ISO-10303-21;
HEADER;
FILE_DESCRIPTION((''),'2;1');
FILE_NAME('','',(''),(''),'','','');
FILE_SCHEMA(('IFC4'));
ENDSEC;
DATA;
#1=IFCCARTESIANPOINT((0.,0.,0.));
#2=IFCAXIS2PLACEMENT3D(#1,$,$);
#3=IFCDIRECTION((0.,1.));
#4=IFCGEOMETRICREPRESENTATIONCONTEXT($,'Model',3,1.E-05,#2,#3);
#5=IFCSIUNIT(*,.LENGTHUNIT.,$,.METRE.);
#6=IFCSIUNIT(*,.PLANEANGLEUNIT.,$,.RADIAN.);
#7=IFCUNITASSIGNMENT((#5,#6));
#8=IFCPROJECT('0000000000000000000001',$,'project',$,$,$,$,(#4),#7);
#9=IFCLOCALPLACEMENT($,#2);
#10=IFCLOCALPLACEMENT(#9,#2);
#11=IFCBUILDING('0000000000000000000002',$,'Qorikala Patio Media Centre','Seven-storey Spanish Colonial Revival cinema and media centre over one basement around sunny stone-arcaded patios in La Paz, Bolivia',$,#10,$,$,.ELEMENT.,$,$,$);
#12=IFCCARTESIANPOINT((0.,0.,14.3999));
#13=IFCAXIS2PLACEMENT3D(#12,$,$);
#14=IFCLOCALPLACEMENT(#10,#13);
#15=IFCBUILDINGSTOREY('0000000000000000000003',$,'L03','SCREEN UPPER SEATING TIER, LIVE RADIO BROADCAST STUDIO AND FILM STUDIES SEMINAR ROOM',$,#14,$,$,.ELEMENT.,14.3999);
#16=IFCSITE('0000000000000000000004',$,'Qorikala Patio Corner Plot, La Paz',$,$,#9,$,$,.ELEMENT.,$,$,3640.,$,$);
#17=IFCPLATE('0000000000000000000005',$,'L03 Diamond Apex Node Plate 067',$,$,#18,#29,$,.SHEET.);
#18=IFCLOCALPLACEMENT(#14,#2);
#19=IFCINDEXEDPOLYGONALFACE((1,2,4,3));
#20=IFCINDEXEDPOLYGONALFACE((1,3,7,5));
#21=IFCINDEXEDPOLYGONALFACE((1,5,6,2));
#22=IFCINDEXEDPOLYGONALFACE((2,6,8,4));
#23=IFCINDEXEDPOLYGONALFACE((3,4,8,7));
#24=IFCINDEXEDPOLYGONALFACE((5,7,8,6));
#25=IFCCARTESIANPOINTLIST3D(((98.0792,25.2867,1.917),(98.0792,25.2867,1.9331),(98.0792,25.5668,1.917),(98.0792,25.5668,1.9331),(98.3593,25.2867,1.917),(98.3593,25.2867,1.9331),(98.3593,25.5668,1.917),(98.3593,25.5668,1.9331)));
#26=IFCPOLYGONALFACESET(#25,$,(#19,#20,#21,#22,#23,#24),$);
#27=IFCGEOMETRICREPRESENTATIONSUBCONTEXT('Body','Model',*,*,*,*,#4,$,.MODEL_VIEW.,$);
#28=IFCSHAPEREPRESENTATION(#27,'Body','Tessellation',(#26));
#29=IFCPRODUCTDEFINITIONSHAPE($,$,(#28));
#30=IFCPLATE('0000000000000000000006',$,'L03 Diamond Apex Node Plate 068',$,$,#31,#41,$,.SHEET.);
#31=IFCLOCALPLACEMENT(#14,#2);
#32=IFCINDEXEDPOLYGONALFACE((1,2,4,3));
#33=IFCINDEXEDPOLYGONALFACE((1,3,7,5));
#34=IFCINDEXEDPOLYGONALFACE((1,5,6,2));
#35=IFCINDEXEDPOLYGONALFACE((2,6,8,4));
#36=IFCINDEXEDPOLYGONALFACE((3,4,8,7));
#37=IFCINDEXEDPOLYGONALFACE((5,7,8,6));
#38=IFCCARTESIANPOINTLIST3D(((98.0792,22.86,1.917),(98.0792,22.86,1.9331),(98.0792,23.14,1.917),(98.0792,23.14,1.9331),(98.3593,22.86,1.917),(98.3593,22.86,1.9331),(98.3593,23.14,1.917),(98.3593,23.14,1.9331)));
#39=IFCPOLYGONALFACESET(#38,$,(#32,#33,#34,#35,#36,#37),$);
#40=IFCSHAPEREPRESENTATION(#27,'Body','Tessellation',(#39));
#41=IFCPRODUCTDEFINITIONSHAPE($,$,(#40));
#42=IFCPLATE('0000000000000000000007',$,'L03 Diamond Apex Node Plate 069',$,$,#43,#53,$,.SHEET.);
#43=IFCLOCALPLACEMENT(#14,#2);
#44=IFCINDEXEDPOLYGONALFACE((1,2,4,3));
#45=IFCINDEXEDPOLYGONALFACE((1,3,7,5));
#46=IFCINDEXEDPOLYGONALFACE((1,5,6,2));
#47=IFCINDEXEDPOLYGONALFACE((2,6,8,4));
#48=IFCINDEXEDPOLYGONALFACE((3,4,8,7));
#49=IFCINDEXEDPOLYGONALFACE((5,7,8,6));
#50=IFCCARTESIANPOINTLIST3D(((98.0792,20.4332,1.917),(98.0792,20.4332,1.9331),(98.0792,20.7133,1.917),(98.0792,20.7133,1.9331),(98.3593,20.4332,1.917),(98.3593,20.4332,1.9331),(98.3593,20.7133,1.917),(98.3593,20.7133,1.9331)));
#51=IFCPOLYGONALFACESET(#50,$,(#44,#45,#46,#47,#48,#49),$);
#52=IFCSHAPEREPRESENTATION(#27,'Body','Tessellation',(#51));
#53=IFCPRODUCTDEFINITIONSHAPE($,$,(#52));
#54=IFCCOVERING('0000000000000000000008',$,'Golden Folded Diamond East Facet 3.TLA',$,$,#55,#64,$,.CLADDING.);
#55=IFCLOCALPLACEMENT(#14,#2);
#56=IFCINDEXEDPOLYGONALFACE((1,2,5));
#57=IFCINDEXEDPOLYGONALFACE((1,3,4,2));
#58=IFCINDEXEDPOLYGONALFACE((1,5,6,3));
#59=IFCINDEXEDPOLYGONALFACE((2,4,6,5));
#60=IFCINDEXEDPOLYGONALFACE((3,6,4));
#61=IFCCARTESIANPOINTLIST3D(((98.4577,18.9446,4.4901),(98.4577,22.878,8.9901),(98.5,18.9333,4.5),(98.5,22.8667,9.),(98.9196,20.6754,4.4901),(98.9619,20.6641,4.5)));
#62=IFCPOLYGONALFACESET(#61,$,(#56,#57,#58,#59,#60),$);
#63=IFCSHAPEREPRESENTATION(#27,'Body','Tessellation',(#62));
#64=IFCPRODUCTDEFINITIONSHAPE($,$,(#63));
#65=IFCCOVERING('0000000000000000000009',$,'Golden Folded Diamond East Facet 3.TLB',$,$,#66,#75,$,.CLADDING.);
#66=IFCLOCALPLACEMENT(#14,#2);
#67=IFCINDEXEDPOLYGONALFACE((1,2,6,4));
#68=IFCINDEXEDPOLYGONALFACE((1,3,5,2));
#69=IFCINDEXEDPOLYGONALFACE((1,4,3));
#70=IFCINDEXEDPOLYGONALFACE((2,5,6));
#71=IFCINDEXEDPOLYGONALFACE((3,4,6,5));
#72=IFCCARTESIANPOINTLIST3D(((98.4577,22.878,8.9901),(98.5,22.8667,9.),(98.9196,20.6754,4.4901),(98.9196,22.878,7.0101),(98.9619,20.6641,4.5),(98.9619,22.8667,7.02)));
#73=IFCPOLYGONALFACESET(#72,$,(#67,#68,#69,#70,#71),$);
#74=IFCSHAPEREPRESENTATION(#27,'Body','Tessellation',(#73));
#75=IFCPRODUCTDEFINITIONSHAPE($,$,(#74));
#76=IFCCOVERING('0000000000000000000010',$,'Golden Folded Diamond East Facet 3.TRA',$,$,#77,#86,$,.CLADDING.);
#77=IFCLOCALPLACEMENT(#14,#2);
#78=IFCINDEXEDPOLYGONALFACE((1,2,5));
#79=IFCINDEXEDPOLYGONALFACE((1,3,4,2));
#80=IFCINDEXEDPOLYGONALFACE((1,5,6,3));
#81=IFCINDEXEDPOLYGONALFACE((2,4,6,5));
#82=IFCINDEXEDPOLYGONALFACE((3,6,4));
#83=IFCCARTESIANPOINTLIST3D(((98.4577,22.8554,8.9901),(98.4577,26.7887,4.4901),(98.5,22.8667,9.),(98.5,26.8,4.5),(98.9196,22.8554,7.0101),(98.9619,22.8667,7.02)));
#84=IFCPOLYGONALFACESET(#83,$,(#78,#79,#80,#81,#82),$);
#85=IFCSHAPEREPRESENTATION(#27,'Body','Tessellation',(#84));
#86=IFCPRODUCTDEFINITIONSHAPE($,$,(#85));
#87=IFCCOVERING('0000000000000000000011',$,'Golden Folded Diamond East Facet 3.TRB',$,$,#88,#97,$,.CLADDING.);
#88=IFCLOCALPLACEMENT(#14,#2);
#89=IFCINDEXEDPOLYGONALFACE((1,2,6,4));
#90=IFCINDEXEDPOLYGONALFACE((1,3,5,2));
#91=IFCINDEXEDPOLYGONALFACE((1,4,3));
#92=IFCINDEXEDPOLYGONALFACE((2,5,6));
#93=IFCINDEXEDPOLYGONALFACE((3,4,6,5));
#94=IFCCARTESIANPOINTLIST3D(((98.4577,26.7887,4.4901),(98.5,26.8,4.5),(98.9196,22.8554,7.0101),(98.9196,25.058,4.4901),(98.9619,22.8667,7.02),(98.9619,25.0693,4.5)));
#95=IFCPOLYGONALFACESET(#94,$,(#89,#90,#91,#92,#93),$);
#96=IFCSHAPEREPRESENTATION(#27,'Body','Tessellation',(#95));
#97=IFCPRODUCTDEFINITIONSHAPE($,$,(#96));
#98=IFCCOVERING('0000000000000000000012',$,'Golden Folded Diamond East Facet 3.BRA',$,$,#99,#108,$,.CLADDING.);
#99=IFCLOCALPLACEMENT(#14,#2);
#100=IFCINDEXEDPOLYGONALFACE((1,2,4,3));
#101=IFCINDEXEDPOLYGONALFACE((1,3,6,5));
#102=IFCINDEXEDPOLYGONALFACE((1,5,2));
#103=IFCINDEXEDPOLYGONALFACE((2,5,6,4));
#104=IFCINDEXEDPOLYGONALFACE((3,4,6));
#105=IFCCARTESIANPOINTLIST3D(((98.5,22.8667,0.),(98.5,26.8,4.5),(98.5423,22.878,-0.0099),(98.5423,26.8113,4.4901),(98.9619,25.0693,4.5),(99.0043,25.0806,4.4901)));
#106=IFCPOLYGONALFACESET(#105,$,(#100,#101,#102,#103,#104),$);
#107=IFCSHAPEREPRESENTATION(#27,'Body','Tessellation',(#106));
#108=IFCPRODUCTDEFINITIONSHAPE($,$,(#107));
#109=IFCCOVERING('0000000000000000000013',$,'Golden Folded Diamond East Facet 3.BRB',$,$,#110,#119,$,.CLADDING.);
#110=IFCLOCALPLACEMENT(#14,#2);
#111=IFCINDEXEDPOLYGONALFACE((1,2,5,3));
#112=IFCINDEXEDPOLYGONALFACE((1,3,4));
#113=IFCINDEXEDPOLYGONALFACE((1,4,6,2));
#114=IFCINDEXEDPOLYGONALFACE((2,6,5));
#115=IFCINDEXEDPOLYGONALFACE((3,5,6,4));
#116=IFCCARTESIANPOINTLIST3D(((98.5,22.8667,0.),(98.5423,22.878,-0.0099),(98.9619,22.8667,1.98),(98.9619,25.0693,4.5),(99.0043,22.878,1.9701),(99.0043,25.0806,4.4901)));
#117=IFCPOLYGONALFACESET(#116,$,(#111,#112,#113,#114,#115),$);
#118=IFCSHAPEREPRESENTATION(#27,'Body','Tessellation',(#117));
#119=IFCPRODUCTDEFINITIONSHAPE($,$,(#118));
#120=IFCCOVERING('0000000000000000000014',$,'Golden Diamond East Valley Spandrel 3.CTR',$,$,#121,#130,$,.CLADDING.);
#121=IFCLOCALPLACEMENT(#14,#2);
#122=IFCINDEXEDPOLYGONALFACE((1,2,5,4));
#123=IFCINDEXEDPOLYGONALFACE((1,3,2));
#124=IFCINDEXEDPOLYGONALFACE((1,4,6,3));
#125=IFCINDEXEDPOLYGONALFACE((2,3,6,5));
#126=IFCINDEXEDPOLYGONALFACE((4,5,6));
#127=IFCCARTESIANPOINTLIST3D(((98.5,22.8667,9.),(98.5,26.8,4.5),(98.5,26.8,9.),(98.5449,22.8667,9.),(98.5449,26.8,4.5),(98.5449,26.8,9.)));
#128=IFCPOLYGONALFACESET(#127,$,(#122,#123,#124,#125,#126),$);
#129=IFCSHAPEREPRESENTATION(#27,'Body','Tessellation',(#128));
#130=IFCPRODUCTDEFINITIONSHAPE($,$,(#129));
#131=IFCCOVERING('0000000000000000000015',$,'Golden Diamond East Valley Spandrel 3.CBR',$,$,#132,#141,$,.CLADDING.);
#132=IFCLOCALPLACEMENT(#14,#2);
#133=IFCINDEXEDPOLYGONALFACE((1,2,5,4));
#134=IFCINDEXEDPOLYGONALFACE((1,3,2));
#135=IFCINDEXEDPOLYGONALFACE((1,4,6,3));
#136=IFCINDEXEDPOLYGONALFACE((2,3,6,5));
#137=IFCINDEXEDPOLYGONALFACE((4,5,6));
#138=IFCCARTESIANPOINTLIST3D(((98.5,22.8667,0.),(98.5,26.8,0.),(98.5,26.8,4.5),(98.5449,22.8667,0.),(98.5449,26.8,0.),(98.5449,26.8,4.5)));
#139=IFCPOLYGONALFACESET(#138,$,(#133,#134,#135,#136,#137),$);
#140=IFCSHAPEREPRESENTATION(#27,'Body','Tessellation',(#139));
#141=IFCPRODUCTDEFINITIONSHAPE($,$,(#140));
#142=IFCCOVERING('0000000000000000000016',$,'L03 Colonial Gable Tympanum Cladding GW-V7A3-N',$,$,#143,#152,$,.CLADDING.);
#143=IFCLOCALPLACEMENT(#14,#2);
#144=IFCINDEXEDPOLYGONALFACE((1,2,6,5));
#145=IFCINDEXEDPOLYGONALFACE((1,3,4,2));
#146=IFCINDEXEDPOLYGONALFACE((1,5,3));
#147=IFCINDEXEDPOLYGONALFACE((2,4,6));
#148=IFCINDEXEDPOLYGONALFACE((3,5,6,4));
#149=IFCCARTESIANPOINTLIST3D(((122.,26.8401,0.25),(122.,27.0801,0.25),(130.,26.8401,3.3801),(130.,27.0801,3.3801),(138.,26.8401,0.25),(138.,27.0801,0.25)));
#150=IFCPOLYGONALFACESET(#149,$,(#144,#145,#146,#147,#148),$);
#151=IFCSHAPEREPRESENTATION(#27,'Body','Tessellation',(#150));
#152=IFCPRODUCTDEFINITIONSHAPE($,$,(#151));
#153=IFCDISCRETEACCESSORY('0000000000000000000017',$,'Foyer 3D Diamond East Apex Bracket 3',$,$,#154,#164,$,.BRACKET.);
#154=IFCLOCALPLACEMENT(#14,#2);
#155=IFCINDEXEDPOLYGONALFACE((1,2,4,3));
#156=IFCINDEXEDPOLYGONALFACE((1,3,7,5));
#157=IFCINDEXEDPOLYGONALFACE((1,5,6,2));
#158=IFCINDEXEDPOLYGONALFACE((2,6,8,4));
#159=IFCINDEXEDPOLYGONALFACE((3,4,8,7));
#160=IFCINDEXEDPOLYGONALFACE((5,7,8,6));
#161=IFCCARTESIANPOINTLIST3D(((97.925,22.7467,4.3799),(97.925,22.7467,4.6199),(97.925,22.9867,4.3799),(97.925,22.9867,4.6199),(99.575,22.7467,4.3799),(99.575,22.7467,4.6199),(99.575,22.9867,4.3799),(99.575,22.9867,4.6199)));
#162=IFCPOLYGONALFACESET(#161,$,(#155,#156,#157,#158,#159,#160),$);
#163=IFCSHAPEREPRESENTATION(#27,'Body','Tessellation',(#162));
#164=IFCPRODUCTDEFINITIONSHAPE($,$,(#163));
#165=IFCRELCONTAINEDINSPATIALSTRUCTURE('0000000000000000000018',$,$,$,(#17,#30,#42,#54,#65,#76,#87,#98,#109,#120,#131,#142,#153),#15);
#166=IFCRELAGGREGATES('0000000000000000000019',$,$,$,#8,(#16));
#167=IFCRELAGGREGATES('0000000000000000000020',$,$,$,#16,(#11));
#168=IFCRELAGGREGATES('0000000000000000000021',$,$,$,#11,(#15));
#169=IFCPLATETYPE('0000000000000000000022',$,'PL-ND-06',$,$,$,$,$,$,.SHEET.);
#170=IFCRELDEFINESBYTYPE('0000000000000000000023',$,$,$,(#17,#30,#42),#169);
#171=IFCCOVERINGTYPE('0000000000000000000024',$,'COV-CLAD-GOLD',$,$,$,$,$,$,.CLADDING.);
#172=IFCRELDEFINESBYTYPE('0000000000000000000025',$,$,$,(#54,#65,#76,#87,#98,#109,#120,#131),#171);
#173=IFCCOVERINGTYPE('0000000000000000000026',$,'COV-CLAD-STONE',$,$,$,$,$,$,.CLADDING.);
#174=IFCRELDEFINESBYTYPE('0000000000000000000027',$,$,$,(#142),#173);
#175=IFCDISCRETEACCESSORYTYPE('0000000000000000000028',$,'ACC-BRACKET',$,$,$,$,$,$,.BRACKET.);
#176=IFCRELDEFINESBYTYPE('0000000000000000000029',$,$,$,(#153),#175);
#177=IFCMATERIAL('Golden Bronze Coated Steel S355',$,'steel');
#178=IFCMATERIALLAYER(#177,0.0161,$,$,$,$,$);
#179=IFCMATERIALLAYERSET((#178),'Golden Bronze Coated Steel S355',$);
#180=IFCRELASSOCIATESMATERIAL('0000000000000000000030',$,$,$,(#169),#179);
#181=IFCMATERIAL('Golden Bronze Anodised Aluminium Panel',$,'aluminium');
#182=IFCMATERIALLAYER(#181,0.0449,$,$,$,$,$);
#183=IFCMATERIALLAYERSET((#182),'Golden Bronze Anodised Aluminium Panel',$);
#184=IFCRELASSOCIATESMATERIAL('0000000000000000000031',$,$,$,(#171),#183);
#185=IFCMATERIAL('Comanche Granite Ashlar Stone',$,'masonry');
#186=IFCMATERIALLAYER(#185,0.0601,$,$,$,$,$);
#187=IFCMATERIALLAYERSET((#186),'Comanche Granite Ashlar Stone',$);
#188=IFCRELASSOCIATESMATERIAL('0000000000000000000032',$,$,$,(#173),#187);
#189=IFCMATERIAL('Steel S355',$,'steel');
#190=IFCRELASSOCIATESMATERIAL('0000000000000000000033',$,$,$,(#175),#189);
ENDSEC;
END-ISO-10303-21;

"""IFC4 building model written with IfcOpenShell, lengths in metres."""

from ifc_helpers import new_model, si_unit, direction, frame, origin, origin_2d, place, context, subcontext, project, spatial, polyline, rectangle, outline, extrude, material, layer, layer_set, type_object, element, save


model = new_model("IFC4")

# Units and contexts
model_context = context("Model", 3, precision=1e-05, world=origin(), true_north=direction((0.0, 1.0)))
body_context = subcontext(model_context, "Body", "Model", "MODEL_VIEW")
ifc_project = project(units=[si_unit("LENGTHUNIT", "METRE"), si_unit("PLANEANGLEUNIT", "RADIAN")], contexts=[model_context])

# Site, building, storey
site_placement = place(None, origin())
site = spatial("IfcSite", under=ifc_project, at=site_placement, Name="Qorikala Patio Corner Plot, La Paz", CompositionType="ELEMENT", RefElevation=3640.0)
building_placement = place(site_placement, origin())
building = spatial("IfcBuilding", under=site, at=building_placement, Name="Qorikala Patio Media Centre", Description="Seven-storey Spanish Colonial Revival cinema and media centre over one basement around sunny stone-arcaded patios in La Paz, Bolivia", CompositionType="ELEMENT")
storey_placement = place(building_placement, frame((0.0, 0.0, 14.3999)))
storey = spatial("IfcBuildingStorey", under=building, at=storey_placement, Name="L03", Description="SCREEN UPPER SEATING TIER, LIVE RADIO BROADCAST STUDIO AND FILM STUDIES SEMINAR ROOM", CompositionType="ELEMENT", Elevation=14.3999)

# Shared definitions
ifc_material_1 = material(Name="Steel S355", Category="steel")

# Shared definitions
ifc_material_2 = material(Name="Golden Bronze Coated Steel S355", Category="steel")

# Plates
ifc_layer_1 = layer(ifc_material_2, 0.0161)
ifc_layer_set_1 = layer_set([ifc_layer_1], Name="Golden Bronze Coated Steel S355")
plate_type = type_object("IfcPlateType", Name="PL-ND-06", PredefinedType="SHEET", material=ifc_layer_set_1)
for number, where, z_axis, x_axis, name in (
    (1, (98.2192, 25.4268, 1.917), (0.0, 0.0, 1.0), (0.0, -1.0, 0.0), "L03 Diamond Apex Node Plate 067"),
    (2, (98.2192, 23.0, 1.917), (0.0, 0.0, 1.0), (0.0, -1.0, 0.0), "L03 Diamond Apex Node Plate 068"),
    (3, (98.2192, 20.5732, 1.917), (0.0, 0.0, 1.0), (0.0, -1.0, 0.0), "L03 Diamond Apex Node Plate 069"),
):
    element("IfcPlate", number, at=place(storey_placement, frame(where, z_axis=z_axis, x_axis=x_axis)), inside=storey, type_object=plate_type, Name=name, PredefinedType="SHEET", context=body_context, shape_type="SweptSolid", body=[
        extrude(rectangle(XDim=0.28, YDim=0.28, at=origin_2d()), origin(), (0.0, 0.0, 1.0), 0.0161),
    ])

# Coverings
ifc_material_3 = material(Name="Golden Bronze Anodised Aluminium Panel", Category="aluminium")
ifc_layer_2 = layer(ifc_material_3, 0.0449)
ifc_layer_set_2 = layer_set([ifc_layer_2], Name="Golden Bronze Anodised Aluminium Panel")
covering_type_1 = type_object("IfcCoveringType", Name="COV-CLAD-GOLD", PredefinedType="CLADDING", material=ifc_layer_set_2)
covering_1_placement = place(storey_placement, frame((98.5, 22.8667, 9.0), z_axis=(0.942535, -0.251556, 0.219879), x_axis=(0.0, -0.658111, -0.752921)))
element("IfcCovering", 4, at=covering_1_placement, inside=storey, type_object=covering_type_1, Name="Golden Folded Diamond East Facet 3.TLA", PredefinedType="CLADDING", context=body_context, shape_type="SweptSolid", body=[
    extrude(outline(polyline([(0.0, 0.0), (5.9767, 0.0), (4.8377, 1.3825), (0.0, 0.0)])), origin(), (0.0, 0.0, -1.0), 0.0449),
])
covering_2_placement = place(storey_placement, frame((98.5, 22.8667, 9.0), z_axis=(0.94253, -0.251569, 0.219885), x_axis=(0.091806, -0.437778, -0.894383)))
element("IfcCovering", 5, at=covering_2_placement, inside=storey, type_object=covering_type_1, Name="Golden Folded Diamond East Facet 3.TLB", PredefinedType="CLADDING", context=body_context, shape_type="SweptSolid", body=[
    extrude(outline(polyline([(0.0, 0.0), (5.0314, 0.0), (1.8133, 0.9196), (0.0, 0.0)])), origin(), (0.0, 0.0, -1.0), 0.0449),
])
covering_3_placement = place(storey_placement, frame((98.5, 26.8, 4.5), z_axis=(0.942532, 0.251563, 0.219885), x_axis=(0.0, -0.658111, 0.752921)))
element("IfcCovering", 6, at=covering_3_placement, inside=storey, type_object=covering_type_1, Name="Golden Folded Diamond East Facet 3.TRA", PredefinedType="CLADDING", context=body_context, shape_type="SweptSolid", body=[
    extrude(outline(polyline([(0.0, 0.0), (5.9767, 0.0), (4.486, 1.3825), (0.0, 0.0)])), origin(), (0.0, 0.0, -1.0), 0.0449),
])
covering_4_placement = place(storey_placement, frame((98.5, 26.8, 4.5), z_axis=(0.942537, 0.251556, 0.219874), x_axis=(0.098402, -0.837925, 0.536842)))
element("IfcCovering", 7, at=covering_4_placement, inside=storey, type_object=covering_type_1, Name="Golden Folded Diamond East Facet 3.TRB", PredefinedType="CLADDING", context=body_context, shape_type="SweptSolid", body=[
    extrude(outline(polyline([(0.0, 0.0), (4.6942, 0.0), (1.4957, 0.9858), (0.0, 0.0)])), origin(), (0.0, 0.0, -1.0), 0.0449),
])
covering_5_placement = place(storey_placement, frame((98.5, 22.8667, 0.0), z_axis=(-0.942535, -0.251556, 0.219879), x_axis=(0.0, 0.658111, 0.752921)))
element("IfcCovering", 8, at=covering_5_placement, inside=storey, type_object=covering_type_1, Name="Golden Folded Diamond East Facet 3.BRA", PredefinedType="CLADDING", context=body_context, shape_type="SweptSolid", body=[
    extrude(outline(polyline([(0.0, 0.0), (5.9767, 0.0), (4.8377, -1.3825), (0.0, 0.0)])), origin(), (0.0, 0.0, -1.0), 0.0449),
])
covering_6_placement = place(storey_placement, frame((98.5, 22.8667, 0.0), z_axis=(-0.94253, -0.251569, 0.219885), x_axis=(0.091806, 0.437778, 0.894383)))
element("IfcCovering", 9, at=covering_6_placement, inside=storey, type_object=covering_type_1, Name="Golden Folded Diamond East Facet 3.BRB", PredefinedType="CLADDING", context=body_context, shape_type="SweptSolid", body=[
    extrude(outline(polyline([(0.0, 0.0), (5.0314, 0.0), (1.8133, -0.9196), (0.0, 0.0)])), origin(), (0.0, 0.0, -1.0), 0.0449),
])
covering_7_placement = place(storey_placement, frame((98.5, 26.8, 9.0), z_axis=(-1.0, 0.0, 0.0), x_axis=(0.0, 0.0, -1.0)))
element("IfcCovering", 10, at=covering_7_placement, inside=storey, type_object=covering_type_1, Name="Golden Diamond East Valley Spandrel 3.CTR", PredefinedType="CLADDING", context=body_context, shape_type="SweptSolid", body=[
    extrude(outline(polyline([(0.0, 0.0), (4.5, 0.0), (0.0, 3.9333), (0.0, 0.0)])), origin(), (0.0, 0.0, -1.0), 0.0449),
])
covering_8_placement = place(storey_placement, frame((98.5, 26.8, 0.0), z_axis=(-1.0, 0.0, 0.0), x_axis=(0.0, -1.0, 0.0)))
element("IfcCovering", 11, at=covering_8_placement, inside=storey, type_object=covering_type_1, Name="Golden Diamond East Valley Spandrel 3.CBR", PredefinedType="CLADDING", context=body_context, shape_type="SweptSolid", body=[
    extrude(outline(polyline([(0.0, 0.0), (3.9333, 0.0), (0.0, 4.5), (0.0, 0.0)])), origin(), (0.0, 0.0, -1.0), 0.0449),
])
ifc_material_4 = material(Name="Comanche Granite Ashlar Stone", Category="masonry")
ifc_layer_3 = layer(ifc_material_4, 0.0601)
ifc_layer_set_3 = layer_set([ifc_layer_3], Name="Comanche Granite Ashlar Stone")
covering_type_2 = type_object("IfcCoveringType", Name="COV-CLAD-STONE", PredefinedType="CLADDING", material=ifc_layer_set_3)
covering_9_placement = place(storey_placement, frame((122.0, 26.8401, 0.25), z_axis=(0.0, -1.0, 0.0), x_axis=(1.0, 0.0, 0.0)))
element("IfcCovering", 12, at=covering_9_placement, inside=storey, type_object=covering_type_2, Name="L03 Colonial Gable Tympanum Cladding GW-V7A3-N", PredefinedType="CLADDING", context=body_context, shape_type="SweptSolid", body=[
    extrude(outline(polyline([(0.0, 0.0), (16.0, 0.0), (8.0, 3.1301), (0.0, 0.0)])), origin(), (0.0, 0.0, -1.0), 0.24),
])

# Discrete accessory
discrete_accessory_type = type_object("IfcDiscreteAccessoryType", Name="ACC-BRACKET", PredefinedType="BRACKET", material=ifc_material_1)
discrete_accessory_placement = place(storey_placement, frame((98.75, 22.8667, 4.3799), z_axis=(0.0, 0.0, 1.0), x_axis=(1.0, 0.0, 0.0)))
element("IfcDiscreteAccessory", 13, at=discrete_accessory_placement, inside=storey, type_object=discrete_accessory_type, Name="Foyer 3D Diamond East Apex Bracket 3", PredefinedType="BRACKET", context=body_context, shape_type="SweptSolid", body=[
    extrude(rectangle(XDim=1.6499, YDim=0.24, at=origin_2d()), origin(), (0.0, 0.0, 1.0), 0.24),
])

save(model, "model.ifc")
